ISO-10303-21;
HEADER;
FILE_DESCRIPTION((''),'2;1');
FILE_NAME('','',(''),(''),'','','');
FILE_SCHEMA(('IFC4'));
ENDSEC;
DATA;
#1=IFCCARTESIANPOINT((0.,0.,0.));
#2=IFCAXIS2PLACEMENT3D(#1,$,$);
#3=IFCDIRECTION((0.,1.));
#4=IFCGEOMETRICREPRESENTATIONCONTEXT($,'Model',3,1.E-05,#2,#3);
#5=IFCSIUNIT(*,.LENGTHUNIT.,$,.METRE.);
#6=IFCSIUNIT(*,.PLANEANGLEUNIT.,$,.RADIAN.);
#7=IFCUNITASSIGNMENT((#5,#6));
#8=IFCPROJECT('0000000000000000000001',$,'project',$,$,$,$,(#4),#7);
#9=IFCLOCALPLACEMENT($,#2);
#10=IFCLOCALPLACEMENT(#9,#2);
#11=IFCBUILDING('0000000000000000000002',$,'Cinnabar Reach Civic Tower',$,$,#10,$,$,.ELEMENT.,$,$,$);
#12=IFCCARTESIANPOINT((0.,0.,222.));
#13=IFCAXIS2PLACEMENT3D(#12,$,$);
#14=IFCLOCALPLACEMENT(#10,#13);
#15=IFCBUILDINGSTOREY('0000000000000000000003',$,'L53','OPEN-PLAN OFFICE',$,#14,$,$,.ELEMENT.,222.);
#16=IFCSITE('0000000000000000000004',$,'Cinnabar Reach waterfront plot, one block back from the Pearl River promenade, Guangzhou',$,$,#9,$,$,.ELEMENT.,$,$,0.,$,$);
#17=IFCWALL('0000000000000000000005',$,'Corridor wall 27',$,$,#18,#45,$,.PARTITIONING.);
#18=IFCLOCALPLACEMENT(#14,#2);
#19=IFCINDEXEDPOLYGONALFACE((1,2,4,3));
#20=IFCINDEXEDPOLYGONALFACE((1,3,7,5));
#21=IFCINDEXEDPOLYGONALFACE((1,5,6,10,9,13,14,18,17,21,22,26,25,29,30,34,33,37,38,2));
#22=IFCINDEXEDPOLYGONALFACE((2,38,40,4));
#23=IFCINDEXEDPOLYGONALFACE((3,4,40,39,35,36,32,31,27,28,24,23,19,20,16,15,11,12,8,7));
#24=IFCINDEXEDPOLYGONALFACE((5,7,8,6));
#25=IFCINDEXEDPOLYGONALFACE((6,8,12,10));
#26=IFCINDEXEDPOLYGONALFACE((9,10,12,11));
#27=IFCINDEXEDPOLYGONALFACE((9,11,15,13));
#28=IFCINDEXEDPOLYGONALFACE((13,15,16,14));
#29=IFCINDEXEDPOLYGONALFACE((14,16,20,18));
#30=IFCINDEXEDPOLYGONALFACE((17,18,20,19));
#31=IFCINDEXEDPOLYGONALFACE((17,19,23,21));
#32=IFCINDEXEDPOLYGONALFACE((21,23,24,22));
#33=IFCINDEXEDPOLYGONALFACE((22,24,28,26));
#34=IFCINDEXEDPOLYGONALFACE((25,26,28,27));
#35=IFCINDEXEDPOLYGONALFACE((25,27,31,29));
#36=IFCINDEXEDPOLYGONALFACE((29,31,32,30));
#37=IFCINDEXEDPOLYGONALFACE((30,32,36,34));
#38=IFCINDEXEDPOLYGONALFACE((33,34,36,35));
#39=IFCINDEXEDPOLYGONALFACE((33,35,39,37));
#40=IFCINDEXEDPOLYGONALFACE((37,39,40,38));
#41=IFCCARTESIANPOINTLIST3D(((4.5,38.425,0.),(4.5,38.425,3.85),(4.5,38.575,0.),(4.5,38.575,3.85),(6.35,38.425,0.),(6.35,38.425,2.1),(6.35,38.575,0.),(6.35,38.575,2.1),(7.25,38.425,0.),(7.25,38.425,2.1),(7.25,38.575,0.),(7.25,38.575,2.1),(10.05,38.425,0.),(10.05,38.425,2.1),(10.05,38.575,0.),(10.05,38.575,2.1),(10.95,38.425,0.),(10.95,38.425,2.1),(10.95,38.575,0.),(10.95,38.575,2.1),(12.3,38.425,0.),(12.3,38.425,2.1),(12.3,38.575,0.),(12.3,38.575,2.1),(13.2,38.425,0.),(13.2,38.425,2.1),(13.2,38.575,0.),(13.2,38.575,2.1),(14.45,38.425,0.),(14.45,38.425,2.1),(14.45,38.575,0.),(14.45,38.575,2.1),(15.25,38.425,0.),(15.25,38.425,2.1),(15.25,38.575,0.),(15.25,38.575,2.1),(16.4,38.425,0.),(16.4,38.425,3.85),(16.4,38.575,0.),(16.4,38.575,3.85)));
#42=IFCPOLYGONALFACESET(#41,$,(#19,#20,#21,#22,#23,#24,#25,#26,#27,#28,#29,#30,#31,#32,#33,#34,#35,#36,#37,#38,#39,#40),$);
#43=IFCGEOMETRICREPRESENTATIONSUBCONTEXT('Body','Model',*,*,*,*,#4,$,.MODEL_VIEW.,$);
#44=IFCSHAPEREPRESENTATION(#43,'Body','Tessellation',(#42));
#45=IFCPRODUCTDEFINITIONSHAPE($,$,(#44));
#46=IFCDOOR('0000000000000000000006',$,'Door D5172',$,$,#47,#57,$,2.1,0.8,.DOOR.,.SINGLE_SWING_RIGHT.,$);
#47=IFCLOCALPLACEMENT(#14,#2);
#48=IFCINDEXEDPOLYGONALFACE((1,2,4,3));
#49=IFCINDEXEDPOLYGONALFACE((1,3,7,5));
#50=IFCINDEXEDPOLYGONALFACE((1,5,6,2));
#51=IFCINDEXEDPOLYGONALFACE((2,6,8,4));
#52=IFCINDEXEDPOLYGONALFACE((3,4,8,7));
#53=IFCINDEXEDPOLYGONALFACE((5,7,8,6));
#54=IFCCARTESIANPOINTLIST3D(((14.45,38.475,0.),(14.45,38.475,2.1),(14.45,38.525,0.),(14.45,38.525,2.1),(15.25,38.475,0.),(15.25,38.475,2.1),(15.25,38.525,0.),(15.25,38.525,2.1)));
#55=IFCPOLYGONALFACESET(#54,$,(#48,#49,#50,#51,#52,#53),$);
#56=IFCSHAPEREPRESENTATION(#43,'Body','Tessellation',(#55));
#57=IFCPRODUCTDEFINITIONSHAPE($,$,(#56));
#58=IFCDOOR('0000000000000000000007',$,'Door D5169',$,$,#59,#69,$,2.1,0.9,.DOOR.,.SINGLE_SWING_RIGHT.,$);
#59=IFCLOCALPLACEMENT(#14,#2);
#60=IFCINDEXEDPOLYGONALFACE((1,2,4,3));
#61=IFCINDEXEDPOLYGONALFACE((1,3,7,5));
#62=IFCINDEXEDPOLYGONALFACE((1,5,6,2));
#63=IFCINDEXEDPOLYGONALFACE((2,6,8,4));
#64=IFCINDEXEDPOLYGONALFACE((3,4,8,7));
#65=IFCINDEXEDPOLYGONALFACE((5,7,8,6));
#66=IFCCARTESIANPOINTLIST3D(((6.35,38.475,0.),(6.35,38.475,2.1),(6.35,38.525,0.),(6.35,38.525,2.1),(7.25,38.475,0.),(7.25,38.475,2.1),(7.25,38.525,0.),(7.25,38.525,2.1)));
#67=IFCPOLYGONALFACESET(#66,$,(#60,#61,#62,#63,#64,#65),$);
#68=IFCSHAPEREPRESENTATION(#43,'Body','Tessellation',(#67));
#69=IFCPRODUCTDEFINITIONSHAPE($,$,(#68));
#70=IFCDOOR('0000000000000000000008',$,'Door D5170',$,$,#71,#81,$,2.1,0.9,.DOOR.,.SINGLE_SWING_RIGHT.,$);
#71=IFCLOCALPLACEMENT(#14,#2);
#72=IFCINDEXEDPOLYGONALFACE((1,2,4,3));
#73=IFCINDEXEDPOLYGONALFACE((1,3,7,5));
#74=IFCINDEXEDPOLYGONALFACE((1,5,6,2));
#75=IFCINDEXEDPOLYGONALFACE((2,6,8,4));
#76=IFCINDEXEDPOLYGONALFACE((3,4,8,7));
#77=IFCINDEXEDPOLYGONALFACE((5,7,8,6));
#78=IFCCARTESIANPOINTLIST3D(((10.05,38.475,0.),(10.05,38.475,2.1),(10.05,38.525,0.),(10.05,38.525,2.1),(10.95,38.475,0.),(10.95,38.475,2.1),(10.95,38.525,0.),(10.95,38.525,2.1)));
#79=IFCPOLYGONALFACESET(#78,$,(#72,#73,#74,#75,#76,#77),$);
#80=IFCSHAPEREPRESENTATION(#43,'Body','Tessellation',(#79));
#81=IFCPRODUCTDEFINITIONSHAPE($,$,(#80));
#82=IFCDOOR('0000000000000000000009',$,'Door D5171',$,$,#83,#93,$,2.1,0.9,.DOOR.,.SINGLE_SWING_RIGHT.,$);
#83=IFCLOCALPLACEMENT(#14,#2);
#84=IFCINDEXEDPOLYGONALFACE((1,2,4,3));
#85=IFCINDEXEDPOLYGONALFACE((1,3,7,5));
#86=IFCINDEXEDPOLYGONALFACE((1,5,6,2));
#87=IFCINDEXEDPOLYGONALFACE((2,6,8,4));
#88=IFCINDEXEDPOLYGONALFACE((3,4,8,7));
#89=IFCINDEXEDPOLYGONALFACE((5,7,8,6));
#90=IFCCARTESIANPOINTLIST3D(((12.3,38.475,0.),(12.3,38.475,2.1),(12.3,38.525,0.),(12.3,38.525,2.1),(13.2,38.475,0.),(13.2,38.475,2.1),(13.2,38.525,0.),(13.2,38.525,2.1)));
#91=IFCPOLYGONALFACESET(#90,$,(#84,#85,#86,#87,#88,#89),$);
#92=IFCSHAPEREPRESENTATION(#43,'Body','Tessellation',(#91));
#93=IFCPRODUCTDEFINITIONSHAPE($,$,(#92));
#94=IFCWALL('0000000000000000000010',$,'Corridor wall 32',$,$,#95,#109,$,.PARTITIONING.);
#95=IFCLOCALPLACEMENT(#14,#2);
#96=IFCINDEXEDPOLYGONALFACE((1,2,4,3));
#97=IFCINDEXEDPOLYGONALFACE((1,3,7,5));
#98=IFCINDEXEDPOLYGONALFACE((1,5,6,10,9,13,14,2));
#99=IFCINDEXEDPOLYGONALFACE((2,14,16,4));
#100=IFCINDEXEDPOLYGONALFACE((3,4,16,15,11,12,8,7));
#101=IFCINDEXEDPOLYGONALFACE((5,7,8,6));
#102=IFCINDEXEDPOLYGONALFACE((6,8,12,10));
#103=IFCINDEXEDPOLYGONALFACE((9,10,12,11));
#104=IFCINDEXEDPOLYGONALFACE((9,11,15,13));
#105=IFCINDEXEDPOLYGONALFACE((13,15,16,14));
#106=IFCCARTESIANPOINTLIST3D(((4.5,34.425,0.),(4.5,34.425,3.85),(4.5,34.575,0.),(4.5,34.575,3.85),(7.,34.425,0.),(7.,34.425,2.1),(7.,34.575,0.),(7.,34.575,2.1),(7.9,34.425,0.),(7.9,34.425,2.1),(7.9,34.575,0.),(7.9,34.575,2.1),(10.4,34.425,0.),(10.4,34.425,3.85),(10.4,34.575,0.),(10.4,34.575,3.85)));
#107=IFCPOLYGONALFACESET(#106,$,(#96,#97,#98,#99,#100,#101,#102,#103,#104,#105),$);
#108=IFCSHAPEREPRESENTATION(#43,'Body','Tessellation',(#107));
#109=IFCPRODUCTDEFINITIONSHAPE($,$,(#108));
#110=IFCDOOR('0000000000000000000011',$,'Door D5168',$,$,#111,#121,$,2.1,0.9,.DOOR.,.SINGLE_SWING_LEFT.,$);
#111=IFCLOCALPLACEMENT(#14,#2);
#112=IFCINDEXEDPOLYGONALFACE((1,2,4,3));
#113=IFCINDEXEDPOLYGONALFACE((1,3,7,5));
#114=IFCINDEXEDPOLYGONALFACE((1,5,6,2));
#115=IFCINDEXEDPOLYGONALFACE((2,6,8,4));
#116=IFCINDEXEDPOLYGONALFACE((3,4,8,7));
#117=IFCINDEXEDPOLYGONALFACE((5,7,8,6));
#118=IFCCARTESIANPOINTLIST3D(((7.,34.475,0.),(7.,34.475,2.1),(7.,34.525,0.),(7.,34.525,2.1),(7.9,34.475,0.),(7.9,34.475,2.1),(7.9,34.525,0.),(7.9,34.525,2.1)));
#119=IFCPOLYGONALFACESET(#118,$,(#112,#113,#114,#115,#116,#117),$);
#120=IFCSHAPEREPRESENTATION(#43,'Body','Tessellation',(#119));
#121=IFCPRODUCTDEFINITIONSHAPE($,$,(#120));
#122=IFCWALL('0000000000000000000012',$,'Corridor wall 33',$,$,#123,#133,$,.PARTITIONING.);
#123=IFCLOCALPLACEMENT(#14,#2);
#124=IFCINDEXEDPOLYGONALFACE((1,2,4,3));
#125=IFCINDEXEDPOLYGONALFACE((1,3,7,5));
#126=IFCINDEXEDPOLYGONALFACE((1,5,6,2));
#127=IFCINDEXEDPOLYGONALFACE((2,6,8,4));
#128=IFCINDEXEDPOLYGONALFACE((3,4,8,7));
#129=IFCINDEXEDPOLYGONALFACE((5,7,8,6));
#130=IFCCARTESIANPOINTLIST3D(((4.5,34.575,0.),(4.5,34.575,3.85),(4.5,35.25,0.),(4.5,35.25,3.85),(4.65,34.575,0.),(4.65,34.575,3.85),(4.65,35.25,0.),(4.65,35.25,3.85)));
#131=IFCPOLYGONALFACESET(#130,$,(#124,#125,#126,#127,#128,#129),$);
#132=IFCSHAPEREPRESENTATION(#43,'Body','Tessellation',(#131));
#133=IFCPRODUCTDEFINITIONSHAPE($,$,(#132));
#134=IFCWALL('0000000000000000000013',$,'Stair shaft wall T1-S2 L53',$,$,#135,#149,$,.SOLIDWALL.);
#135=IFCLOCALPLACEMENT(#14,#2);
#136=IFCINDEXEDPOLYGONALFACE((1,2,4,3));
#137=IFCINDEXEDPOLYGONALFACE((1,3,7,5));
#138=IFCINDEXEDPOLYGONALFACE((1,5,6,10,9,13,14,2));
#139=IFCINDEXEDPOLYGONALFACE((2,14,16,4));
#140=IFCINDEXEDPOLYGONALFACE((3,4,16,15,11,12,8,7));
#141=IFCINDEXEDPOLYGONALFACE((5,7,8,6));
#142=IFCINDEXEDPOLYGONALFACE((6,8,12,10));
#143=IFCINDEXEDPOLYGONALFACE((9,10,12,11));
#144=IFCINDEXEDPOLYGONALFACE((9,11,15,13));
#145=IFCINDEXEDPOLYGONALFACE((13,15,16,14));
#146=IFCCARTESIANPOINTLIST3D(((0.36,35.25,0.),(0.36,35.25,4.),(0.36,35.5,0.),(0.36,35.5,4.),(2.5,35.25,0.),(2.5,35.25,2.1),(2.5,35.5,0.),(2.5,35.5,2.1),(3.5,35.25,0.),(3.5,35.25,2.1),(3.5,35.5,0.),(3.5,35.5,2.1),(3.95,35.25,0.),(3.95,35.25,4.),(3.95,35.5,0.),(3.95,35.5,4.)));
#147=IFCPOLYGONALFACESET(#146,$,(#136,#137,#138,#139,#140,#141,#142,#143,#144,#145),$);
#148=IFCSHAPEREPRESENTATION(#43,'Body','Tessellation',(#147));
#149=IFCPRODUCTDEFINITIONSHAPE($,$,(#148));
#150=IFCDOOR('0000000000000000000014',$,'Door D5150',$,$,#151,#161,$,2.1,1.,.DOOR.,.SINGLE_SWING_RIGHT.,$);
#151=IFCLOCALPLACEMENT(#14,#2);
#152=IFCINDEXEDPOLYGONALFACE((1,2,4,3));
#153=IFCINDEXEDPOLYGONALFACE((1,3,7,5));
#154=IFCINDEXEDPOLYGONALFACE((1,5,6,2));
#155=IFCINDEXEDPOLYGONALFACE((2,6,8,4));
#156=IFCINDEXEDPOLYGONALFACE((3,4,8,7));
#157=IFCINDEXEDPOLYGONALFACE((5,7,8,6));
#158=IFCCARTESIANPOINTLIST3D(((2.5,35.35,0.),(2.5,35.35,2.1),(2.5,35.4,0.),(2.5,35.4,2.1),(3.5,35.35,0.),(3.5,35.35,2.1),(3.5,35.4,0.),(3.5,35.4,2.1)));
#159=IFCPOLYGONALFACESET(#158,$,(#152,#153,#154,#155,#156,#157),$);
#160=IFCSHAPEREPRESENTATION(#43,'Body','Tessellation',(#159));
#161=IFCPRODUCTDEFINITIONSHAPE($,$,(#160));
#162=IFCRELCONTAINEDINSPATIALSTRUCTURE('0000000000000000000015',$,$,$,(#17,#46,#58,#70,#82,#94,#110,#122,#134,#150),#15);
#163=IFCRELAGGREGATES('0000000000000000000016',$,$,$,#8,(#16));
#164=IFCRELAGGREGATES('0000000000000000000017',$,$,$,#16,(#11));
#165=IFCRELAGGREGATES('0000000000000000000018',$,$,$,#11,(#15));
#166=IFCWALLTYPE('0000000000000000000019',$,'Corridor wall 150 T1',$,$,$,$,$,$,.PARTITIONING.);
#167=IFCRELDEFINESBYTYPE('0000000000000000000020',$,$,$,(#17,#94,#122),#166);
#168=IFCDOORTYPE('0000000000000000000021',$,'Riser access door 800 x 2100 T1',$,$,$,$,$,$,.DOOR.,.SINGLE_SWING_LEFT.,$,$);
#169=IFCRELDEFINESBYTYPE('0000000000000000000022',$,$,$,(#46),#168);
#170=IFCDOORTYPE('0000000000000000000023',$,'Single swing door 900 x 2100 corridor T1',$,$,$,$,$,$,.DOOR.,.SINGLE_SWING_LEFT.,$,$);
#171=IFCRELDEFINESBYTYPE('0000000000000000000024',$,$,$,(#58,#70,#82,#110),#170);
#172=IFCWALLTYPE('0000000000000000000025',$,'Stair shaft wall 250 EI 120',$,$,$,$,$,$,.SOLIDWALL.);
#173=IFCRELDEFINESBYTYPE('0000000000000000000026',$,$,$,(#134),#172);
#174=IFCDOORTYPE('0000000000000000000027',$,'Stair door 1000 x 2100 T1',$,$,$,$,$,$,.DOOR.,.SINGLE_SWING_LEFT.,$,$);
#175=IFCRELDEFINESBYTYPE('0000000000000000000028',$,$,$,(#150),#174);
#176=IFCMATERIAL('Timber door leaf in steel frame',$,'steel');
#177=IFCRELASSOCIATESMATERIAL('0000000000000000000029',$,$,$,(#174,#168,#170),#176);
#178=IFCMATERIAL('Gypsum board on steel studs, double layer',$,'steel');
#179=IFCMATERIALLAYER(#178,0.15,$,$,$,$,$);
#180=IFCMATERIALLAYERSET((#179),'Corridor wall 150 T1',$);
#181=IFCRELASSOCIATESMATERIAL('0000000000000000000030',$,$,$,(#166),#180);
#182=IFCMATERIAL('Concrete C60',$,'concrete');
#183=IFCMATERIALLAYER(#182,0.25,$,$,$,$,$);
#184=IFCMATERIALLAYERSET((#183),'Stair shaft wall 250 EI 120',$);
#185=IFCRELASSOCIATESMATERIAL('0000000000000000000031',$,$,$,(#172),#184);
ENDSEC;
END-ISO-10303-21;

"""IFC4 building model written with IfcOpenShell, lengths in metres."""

from ifc_helpers import new_model, si_unit, direction, frame, frame_2d, origin, place, context, subcontext, project, spatial, rectangle, extrude, material, layer, layer_set, type_object, element, fill, save


model = new_model("IFC4")

# Units and contexts
model_context = context("Model", 3, precision=1e-05, world=origin(), true_north=direction((0.0, 1.0)))
body_context = subcontext(model_context, "Body", "Model", "MODEL_VIEW")
ifc_project = project(units=[si_unit("LENGTHUNIT", "METRE"), si_unit("PLANEANGLEUNIT", "RADIAN")], contexts=[model_context])

# Site, building, storey
site_placement = place(None, origin())
site = spatial("IfcSite", under=ifc_project, at=site_placement, Name="Cinnabar Reach waterfront plot, one block back from the Pearl River promenade, Guangzhou", CompositionType="ELEMENT", RefElevation=0.0)
building_placement = place(site_placement, origin())
building = spatial("IfcBuilding", under=site, at=building_placement, Name="Cinnabar Reach Civic Tower", CompositionType="ELEMENT")
storey_placement = place(building_placement, frame((0.0, 0.0, 222.0)))
storey = spatial("IfcBuildingStorey", under=building, at=storey_placement, Name="L53", Description="OPEN-PLAN OFFICE", CompositionType="ELEMENT", Elevation=222.0)

# Shared definitions
ifc_material_1 = material(Name="Concrete C60", Category="concrete")
ifc_material_2 = material(Name="Timber door leaf in steel frame", Category="steel")
door_type_1 = type_object("IfcDoorType", Name="Stair door 1000 x 2100 T1", OperationType="SINGLE_SWING_LEFT", PredefinedType="DOOR", material=ifc_material_2)

# Wall, openings, doors
ifc_material_3 = material(Name="Gypsum board on steel studs, double layer", Category="steel")
ifc_layer_1 = layer(ifc_material_3, 0.15)
ifc_layer_set_1 = layer_set([ifc_layer_1], Name="Corridor wall 150 T1")
wall_type_1 = type_object("IfcWallType", Name="Corridor wall 150 T1", PredefinedType="PARTITIONING", material=ifc_layer_set_1)
wall_1_placement = place(storey_placement, frame((4.5, 38.5, 0.0), z_axis=(0.0, 0.0, 1.0), x_axis=(1.0, 0.0, 0.0)))
wall_1 = element("IfcWall", 1, at=wall_1_placement, inside=storey, type_object=wall_type_1, Name="Corridor wall 27", PredefinedType="PARTITIONING", context=body_context, shape_type="SweptSolid", body=[
    extrude(rectangle(XDim=11.9, YDim=0.15, at=frame_2d((5.95, 0.0))), origin(), (0.0, 0.0, 1.0), 3.85),
])
opening_1_placement = place(wall_1_placement, frame((1.85, 0.0, 0.0)))
opening_1 = element("IfcOpeningElement", 2, at=opening_1_placement, cuts=wall_1, PredefinedType="OPENING", context=body_context, shape_type="SweptSolid", body=[
    extrude(rectangle(XDim=0.9, YDim=2.1, at=frame_2d((0.45, 1.05))), frame((0.0, 0.085, 0.0), z_axis=(0.0, -1.0, 0.0), x_axis=(1.0, 0.0, 0.0)), (0.0, 0.0, 1.0), 0.17),
])
opening_2_placement = place(wall_1_placement, frame((5.55, 0.0, 0.0)))
opening_2 = element("IfcOpeningElement", 3, at=opening_2_placement, cuts=wall_1, PredefinedType="OPENING", context=body_context, shape_type="SweptSolid", body=[
    extrude(rectangle(XDim=0.9, YDim=2.1, at=frame_2d((0.45, 1.05))), frame((0.0, 0.085, 0.0), z_axis=(0.0, -1.0, 0.0), x_axis=(1.0, 0.0, 0.0)), (0.0, 0.0, 1.0), 0.17),
])
opening_3_placement = place(wall_1_placement, frame((7.8, 0.0, 0.0)))
opening_3 = element("IfcOpeningElement", 4, at=opening_3_placement, cuts=wall_1, PredefinedType="OPENING", context=body_context, shape_type="SweptSolid", body=[
    extrude(rectangle(XDim=0.9, YDim=2.1, at=frame_2d((0.45, 1.05))), frame((0.0, 0.085, 0.0), z_axis=(0.0, -1.0, 0.0), x_axis=(1.0, 0.0, 0.0)), (0.0, 0.0, 1.0), 0.17),
])
opening_4_placement = place(wall_1_placement, frame((9.95, 0.0, 0.0)))
opening_4 = element("IfcOpeningElement", 5, at=opening_4_placement, cuts=wall_1, PredefinedType="OPENING", context=body_context, shape_type="SweptSolid", body=[
    extrude(rectangle(XDim=0.8, YDim=2.1, at=frame_2d((0.4, 1.05))), frame((0.0, 0.085, 0.0), z_axis=(0.0, -1.0, 0.0), x_axis=(1.0, 0.0, 0.0)), (0.0, 0.0, 1.0), 0.17),
])
door_type_2 = type_object("IfcDoorType", Name="Riser access door 800 x 2100 T1", OperationType="SINGLE_SWING_LEFT", PredefinedType="DOOR", material=ifc_material_2)
door_1_placement = place(opening_4_placement, origin())
door_1 = element("IfcDoor", 6, at=door_1_placement, inside=storey, type_object=door_type_2, Name="Door D5172", OperationType="SINGLE_SWING_RIGHT", OverallHeight=2.1, OverallWidth=0.8, PredefinedType="DOOR", context=body_context, shape_type="SweptSolid", body=[
    extrude(rectangle(XDim=0.8, YDim=2.1, at=frame_2d((0.4, 1.05))), frame((0.0, 0.025, 0.0), z_axis=(0.0, -1.0, 0.0), x_axis=(1.0, 0.0, 0.0)), (0.0, 0.0, 1.0), 0.05),
])
fill(opening_4, door_1)
door_type_3 = type_object("IfcDoorType", Name="Single swing door 900 x 2100 corridor T1", OperationType="SINGLE_SWING_LEFT", PredefinedType="DOOR", material=ifc_material_2)
door_2_placement = place(opening_1_placement, origin())
door_2 = element("IfcDoor", 7, at=door_2_placement, inside=storey, type_object=door_type_3, Name="Door D5169", OperationType="SINGLE_SWING_RIGHT", OverallHeight=2.1, OverallWidth=0.9, PredefinedType="DOOR", context=body_context, shape_type="SweptSolid", body=[
    extrude(rectangle(XDim=0.9, YDim=2.1, at=frame_2d((0.45, 1.05))), frame((0.0, 0.025, 0.0), z_axis=(0.0, -1.0, 0.0), x_axis=(1.0, 0.0, 0.0)), (0.0, 0.0, 1.0), 0.05),
])
fill(opening_1, door_2)
door_3_placement = place(opening_2_placement, origin())
door_3 = element("IfcDoor", 8, at=door_3_placement, inside=storey, type_object=door_type_3, Name="Door D5170", OperationType="SINGLE_SWING_RIGHT", OverallHeight=2.1, OverallWidth=0.9, PredefinedType="DOOR", context=body_context, shape_type="SweptSolid", body=[
    extrude(rectangle(XDim=0.9, YDim=2.1, at=frame_2d((0.45, 1.05))), frame((0.0, 0.025, 0.0), z_axis=(0.0, -1.0, 0.0), x_axis=(1.0, 0.0, 0.0)), (0.0, 0.0, 1.0), 0.05),
])
fill(opening_2, door_3)
door_4_placement = place(opening_3_placement, origin())
door_4 = element("IfcDoor", 9, at=door_4_placement, inside=storey, type_object=door_type_3, Name="Door D5171", OperationType="SINGLE_SWING_RIGHT", OverallHeight=2.1, OverallWidth=0.9, PredefinedType="DOOR", context=body_context, shape_type="SweptSolid", body=[
    extrude(rectangle(XDim=0.9, YDim=2.1, at=frame_2d((0.45, 1.05))), frame((0.0, 0.025, 0.0), z_axis=(0.0, -1.0, 0.0), x_axis=(1.0, 0.0, 0.0)), (0.0, 0.0, 1.0), 0.05),
])
fill(opening_3, door_4)

# Wall, opening, door
wall_2_placement = place(storey_placement, frame((4.5, 34.5, 0.0), z_axis=(0.0, 0.0, 1.0), x_axis=(1.0, 0.0, 0.0)))
wall_2 = element("IfcWall", 10, at=wall_2_placement, inside=storey, type_object=wall_type_1, Name="Corridor wall 32", PredefinedType="PARTITIONING", context=body_context, shape_type="SweptSolid", body=[
    extrude(rectangle(XDim=5.9, YDim=0.15, at=frame_2d((2.95, 0.0))), origin(), (0.0, 0.0, 1.0), 3.85),
])
opening_5_placement = place(wall_2_placement, frame((2.5, 0.0, 0.0)))
opening_5 = element("IfcOpeningElement", 11, at=opening_5_placement, cuts=wall_2, PredefinedType="OPENING", context=body_context, shape_type="SweptSolid", body=[
    extrude(rectangle(XDim=0.9, YDim=2.1, at=frame_2d((0.45, 1.05))), frame((0.0, 0.085, 0.0), z_axis=(0.0, -1.0, 0.0), x_axis=(1.0, 0.0, 0.0)), (0.0, 0.0, 1.0), 0.17),
])
door_5_placement = place(opening_5_placement, frame((0.9, 0.0, 0.0), z_axis=(0.0, 0.0, 1.0), x_axis=(-1.0, 0.0, 0.0)))
door_5 = element("IfcDoor", 12, at=door_5_placement, inside=storey, type_object=door_type_3, Name="Door D5168", OperationType="SINGLE_SWING_LEFT", OverallHeight=2.1, OverallWidth=0.9, PredefinedType="DOOR", context=body_context, shape_type="SweptSolid", body=[
    extrude(rectangle(XDim=0.9, YDim=2.1, at=frame_2d((0.45, 1.05))), frame((0.0, 0.025, 0.0), z_axis=(0.0, -1.0, 0.0), x_axis=(1.0, 0.0, 0.0)), (0.0, 0.0, 1.0), 0.05),
])
fill(opening_5, door_5)

# Wall
wall_3_placement = place(storey_placement, frame((4.575, 34.575, 0.0), z_axis=(0.0, 0.0, 1.0), x_axis=(0.0, 1.0, 0.0)))
element("IfcWall", 13, at=wall_3_placement, inside=storey, type_object=wall_type_1, Name="Corridor wall 33", PredefinedType="PARTITIONING", context=body_context, shape_type="SweptSolid", body=[
    extrude(rectangle(XDim=0.675, YDim=0.15, at=frame_2d((0.3375, 0.0))), origin(), (0.0, 0.0, 1.0), 3.85),
])

# Wall, opening, door
ifc_layer_2 = layer(ifc_material_1, 0.25)
ifc_layer_set_2 = layer_set([ifc_layer_2], Name="Stair shaft wall 250 EI 120")
wall_type_2 = type_object("IfcWallType", Name="Stair shaft wall 250 EI 120", PredefinedType="SOLIDWALL", material=ifc_layer_set_2)
wall_4_placement = place(storey_placement, frame((0.36, 35.375, 0.0), z_axis=(0.0, 0.0, 1.0), x_axis=(1.0, 0.0, 0.0)))
wall_4 = element("IfcWall", 14, at=wall_4_placement, inside=storey, type_object=wall_type_2, Name="Stair shaft wall T1-S2 L53", PredefinedType="SOLIDWALL", context=body_context, shape_type="SweptSolid", body=[
    extrude(rectangle(XDim=3.59, YDim=0.25, at=frame_2d((1.795, 0.0))), origin(), (0.0, 0.0, 1.0), 4.0),
])
opening_6_placement = place(wall_4_placement, frame((2.14, 0.0, 0.0)))
opening_6 = element("IfcOpeningElement", 15, at=opening_6_placement, cuts=wall_4, PredefinedType="OPENING", context=body_context, shape_type="SweptSolid", body=[
    extrude(rectangle(XDim=1.0, YDim=2.1, at=frame_2d((0.5, 1.05))), frame((0.0, 0.135, 0.0), z_axis=(0.0, -1.0, 0.0), x_axis=(1.0, 0.0, 0.0)), (0.0, 0.0, 1.0), 0.27),
])
door_6_placement = place(opening_6_placement, origin())
door_6 = element("IfcDoor", 16, at=door_6_placement, inside=storey, type_object=door_type_1, Name="Door D5150", OperationType="SINGLE_SWING_RIGHT", OverallHeight=2.1, OverallWidth=1.0, PredefinedType="DOOR", context=body_context, shape_type="SweptSolid", body=[
    extrude(rectangle(XDim=1.0, YDim=2.1, at=frame_2d((0.5, 1.05))), frame((0.0, 0.025, 0.0), z_axis=(0.0, -1.0, 0.0), x_axis=(1.0, 0.0, 0.0)), (0.0, 0.0, 1.0), 0.05),
])
fill(opening_6, door_6)

save(model, "model.ifc")
